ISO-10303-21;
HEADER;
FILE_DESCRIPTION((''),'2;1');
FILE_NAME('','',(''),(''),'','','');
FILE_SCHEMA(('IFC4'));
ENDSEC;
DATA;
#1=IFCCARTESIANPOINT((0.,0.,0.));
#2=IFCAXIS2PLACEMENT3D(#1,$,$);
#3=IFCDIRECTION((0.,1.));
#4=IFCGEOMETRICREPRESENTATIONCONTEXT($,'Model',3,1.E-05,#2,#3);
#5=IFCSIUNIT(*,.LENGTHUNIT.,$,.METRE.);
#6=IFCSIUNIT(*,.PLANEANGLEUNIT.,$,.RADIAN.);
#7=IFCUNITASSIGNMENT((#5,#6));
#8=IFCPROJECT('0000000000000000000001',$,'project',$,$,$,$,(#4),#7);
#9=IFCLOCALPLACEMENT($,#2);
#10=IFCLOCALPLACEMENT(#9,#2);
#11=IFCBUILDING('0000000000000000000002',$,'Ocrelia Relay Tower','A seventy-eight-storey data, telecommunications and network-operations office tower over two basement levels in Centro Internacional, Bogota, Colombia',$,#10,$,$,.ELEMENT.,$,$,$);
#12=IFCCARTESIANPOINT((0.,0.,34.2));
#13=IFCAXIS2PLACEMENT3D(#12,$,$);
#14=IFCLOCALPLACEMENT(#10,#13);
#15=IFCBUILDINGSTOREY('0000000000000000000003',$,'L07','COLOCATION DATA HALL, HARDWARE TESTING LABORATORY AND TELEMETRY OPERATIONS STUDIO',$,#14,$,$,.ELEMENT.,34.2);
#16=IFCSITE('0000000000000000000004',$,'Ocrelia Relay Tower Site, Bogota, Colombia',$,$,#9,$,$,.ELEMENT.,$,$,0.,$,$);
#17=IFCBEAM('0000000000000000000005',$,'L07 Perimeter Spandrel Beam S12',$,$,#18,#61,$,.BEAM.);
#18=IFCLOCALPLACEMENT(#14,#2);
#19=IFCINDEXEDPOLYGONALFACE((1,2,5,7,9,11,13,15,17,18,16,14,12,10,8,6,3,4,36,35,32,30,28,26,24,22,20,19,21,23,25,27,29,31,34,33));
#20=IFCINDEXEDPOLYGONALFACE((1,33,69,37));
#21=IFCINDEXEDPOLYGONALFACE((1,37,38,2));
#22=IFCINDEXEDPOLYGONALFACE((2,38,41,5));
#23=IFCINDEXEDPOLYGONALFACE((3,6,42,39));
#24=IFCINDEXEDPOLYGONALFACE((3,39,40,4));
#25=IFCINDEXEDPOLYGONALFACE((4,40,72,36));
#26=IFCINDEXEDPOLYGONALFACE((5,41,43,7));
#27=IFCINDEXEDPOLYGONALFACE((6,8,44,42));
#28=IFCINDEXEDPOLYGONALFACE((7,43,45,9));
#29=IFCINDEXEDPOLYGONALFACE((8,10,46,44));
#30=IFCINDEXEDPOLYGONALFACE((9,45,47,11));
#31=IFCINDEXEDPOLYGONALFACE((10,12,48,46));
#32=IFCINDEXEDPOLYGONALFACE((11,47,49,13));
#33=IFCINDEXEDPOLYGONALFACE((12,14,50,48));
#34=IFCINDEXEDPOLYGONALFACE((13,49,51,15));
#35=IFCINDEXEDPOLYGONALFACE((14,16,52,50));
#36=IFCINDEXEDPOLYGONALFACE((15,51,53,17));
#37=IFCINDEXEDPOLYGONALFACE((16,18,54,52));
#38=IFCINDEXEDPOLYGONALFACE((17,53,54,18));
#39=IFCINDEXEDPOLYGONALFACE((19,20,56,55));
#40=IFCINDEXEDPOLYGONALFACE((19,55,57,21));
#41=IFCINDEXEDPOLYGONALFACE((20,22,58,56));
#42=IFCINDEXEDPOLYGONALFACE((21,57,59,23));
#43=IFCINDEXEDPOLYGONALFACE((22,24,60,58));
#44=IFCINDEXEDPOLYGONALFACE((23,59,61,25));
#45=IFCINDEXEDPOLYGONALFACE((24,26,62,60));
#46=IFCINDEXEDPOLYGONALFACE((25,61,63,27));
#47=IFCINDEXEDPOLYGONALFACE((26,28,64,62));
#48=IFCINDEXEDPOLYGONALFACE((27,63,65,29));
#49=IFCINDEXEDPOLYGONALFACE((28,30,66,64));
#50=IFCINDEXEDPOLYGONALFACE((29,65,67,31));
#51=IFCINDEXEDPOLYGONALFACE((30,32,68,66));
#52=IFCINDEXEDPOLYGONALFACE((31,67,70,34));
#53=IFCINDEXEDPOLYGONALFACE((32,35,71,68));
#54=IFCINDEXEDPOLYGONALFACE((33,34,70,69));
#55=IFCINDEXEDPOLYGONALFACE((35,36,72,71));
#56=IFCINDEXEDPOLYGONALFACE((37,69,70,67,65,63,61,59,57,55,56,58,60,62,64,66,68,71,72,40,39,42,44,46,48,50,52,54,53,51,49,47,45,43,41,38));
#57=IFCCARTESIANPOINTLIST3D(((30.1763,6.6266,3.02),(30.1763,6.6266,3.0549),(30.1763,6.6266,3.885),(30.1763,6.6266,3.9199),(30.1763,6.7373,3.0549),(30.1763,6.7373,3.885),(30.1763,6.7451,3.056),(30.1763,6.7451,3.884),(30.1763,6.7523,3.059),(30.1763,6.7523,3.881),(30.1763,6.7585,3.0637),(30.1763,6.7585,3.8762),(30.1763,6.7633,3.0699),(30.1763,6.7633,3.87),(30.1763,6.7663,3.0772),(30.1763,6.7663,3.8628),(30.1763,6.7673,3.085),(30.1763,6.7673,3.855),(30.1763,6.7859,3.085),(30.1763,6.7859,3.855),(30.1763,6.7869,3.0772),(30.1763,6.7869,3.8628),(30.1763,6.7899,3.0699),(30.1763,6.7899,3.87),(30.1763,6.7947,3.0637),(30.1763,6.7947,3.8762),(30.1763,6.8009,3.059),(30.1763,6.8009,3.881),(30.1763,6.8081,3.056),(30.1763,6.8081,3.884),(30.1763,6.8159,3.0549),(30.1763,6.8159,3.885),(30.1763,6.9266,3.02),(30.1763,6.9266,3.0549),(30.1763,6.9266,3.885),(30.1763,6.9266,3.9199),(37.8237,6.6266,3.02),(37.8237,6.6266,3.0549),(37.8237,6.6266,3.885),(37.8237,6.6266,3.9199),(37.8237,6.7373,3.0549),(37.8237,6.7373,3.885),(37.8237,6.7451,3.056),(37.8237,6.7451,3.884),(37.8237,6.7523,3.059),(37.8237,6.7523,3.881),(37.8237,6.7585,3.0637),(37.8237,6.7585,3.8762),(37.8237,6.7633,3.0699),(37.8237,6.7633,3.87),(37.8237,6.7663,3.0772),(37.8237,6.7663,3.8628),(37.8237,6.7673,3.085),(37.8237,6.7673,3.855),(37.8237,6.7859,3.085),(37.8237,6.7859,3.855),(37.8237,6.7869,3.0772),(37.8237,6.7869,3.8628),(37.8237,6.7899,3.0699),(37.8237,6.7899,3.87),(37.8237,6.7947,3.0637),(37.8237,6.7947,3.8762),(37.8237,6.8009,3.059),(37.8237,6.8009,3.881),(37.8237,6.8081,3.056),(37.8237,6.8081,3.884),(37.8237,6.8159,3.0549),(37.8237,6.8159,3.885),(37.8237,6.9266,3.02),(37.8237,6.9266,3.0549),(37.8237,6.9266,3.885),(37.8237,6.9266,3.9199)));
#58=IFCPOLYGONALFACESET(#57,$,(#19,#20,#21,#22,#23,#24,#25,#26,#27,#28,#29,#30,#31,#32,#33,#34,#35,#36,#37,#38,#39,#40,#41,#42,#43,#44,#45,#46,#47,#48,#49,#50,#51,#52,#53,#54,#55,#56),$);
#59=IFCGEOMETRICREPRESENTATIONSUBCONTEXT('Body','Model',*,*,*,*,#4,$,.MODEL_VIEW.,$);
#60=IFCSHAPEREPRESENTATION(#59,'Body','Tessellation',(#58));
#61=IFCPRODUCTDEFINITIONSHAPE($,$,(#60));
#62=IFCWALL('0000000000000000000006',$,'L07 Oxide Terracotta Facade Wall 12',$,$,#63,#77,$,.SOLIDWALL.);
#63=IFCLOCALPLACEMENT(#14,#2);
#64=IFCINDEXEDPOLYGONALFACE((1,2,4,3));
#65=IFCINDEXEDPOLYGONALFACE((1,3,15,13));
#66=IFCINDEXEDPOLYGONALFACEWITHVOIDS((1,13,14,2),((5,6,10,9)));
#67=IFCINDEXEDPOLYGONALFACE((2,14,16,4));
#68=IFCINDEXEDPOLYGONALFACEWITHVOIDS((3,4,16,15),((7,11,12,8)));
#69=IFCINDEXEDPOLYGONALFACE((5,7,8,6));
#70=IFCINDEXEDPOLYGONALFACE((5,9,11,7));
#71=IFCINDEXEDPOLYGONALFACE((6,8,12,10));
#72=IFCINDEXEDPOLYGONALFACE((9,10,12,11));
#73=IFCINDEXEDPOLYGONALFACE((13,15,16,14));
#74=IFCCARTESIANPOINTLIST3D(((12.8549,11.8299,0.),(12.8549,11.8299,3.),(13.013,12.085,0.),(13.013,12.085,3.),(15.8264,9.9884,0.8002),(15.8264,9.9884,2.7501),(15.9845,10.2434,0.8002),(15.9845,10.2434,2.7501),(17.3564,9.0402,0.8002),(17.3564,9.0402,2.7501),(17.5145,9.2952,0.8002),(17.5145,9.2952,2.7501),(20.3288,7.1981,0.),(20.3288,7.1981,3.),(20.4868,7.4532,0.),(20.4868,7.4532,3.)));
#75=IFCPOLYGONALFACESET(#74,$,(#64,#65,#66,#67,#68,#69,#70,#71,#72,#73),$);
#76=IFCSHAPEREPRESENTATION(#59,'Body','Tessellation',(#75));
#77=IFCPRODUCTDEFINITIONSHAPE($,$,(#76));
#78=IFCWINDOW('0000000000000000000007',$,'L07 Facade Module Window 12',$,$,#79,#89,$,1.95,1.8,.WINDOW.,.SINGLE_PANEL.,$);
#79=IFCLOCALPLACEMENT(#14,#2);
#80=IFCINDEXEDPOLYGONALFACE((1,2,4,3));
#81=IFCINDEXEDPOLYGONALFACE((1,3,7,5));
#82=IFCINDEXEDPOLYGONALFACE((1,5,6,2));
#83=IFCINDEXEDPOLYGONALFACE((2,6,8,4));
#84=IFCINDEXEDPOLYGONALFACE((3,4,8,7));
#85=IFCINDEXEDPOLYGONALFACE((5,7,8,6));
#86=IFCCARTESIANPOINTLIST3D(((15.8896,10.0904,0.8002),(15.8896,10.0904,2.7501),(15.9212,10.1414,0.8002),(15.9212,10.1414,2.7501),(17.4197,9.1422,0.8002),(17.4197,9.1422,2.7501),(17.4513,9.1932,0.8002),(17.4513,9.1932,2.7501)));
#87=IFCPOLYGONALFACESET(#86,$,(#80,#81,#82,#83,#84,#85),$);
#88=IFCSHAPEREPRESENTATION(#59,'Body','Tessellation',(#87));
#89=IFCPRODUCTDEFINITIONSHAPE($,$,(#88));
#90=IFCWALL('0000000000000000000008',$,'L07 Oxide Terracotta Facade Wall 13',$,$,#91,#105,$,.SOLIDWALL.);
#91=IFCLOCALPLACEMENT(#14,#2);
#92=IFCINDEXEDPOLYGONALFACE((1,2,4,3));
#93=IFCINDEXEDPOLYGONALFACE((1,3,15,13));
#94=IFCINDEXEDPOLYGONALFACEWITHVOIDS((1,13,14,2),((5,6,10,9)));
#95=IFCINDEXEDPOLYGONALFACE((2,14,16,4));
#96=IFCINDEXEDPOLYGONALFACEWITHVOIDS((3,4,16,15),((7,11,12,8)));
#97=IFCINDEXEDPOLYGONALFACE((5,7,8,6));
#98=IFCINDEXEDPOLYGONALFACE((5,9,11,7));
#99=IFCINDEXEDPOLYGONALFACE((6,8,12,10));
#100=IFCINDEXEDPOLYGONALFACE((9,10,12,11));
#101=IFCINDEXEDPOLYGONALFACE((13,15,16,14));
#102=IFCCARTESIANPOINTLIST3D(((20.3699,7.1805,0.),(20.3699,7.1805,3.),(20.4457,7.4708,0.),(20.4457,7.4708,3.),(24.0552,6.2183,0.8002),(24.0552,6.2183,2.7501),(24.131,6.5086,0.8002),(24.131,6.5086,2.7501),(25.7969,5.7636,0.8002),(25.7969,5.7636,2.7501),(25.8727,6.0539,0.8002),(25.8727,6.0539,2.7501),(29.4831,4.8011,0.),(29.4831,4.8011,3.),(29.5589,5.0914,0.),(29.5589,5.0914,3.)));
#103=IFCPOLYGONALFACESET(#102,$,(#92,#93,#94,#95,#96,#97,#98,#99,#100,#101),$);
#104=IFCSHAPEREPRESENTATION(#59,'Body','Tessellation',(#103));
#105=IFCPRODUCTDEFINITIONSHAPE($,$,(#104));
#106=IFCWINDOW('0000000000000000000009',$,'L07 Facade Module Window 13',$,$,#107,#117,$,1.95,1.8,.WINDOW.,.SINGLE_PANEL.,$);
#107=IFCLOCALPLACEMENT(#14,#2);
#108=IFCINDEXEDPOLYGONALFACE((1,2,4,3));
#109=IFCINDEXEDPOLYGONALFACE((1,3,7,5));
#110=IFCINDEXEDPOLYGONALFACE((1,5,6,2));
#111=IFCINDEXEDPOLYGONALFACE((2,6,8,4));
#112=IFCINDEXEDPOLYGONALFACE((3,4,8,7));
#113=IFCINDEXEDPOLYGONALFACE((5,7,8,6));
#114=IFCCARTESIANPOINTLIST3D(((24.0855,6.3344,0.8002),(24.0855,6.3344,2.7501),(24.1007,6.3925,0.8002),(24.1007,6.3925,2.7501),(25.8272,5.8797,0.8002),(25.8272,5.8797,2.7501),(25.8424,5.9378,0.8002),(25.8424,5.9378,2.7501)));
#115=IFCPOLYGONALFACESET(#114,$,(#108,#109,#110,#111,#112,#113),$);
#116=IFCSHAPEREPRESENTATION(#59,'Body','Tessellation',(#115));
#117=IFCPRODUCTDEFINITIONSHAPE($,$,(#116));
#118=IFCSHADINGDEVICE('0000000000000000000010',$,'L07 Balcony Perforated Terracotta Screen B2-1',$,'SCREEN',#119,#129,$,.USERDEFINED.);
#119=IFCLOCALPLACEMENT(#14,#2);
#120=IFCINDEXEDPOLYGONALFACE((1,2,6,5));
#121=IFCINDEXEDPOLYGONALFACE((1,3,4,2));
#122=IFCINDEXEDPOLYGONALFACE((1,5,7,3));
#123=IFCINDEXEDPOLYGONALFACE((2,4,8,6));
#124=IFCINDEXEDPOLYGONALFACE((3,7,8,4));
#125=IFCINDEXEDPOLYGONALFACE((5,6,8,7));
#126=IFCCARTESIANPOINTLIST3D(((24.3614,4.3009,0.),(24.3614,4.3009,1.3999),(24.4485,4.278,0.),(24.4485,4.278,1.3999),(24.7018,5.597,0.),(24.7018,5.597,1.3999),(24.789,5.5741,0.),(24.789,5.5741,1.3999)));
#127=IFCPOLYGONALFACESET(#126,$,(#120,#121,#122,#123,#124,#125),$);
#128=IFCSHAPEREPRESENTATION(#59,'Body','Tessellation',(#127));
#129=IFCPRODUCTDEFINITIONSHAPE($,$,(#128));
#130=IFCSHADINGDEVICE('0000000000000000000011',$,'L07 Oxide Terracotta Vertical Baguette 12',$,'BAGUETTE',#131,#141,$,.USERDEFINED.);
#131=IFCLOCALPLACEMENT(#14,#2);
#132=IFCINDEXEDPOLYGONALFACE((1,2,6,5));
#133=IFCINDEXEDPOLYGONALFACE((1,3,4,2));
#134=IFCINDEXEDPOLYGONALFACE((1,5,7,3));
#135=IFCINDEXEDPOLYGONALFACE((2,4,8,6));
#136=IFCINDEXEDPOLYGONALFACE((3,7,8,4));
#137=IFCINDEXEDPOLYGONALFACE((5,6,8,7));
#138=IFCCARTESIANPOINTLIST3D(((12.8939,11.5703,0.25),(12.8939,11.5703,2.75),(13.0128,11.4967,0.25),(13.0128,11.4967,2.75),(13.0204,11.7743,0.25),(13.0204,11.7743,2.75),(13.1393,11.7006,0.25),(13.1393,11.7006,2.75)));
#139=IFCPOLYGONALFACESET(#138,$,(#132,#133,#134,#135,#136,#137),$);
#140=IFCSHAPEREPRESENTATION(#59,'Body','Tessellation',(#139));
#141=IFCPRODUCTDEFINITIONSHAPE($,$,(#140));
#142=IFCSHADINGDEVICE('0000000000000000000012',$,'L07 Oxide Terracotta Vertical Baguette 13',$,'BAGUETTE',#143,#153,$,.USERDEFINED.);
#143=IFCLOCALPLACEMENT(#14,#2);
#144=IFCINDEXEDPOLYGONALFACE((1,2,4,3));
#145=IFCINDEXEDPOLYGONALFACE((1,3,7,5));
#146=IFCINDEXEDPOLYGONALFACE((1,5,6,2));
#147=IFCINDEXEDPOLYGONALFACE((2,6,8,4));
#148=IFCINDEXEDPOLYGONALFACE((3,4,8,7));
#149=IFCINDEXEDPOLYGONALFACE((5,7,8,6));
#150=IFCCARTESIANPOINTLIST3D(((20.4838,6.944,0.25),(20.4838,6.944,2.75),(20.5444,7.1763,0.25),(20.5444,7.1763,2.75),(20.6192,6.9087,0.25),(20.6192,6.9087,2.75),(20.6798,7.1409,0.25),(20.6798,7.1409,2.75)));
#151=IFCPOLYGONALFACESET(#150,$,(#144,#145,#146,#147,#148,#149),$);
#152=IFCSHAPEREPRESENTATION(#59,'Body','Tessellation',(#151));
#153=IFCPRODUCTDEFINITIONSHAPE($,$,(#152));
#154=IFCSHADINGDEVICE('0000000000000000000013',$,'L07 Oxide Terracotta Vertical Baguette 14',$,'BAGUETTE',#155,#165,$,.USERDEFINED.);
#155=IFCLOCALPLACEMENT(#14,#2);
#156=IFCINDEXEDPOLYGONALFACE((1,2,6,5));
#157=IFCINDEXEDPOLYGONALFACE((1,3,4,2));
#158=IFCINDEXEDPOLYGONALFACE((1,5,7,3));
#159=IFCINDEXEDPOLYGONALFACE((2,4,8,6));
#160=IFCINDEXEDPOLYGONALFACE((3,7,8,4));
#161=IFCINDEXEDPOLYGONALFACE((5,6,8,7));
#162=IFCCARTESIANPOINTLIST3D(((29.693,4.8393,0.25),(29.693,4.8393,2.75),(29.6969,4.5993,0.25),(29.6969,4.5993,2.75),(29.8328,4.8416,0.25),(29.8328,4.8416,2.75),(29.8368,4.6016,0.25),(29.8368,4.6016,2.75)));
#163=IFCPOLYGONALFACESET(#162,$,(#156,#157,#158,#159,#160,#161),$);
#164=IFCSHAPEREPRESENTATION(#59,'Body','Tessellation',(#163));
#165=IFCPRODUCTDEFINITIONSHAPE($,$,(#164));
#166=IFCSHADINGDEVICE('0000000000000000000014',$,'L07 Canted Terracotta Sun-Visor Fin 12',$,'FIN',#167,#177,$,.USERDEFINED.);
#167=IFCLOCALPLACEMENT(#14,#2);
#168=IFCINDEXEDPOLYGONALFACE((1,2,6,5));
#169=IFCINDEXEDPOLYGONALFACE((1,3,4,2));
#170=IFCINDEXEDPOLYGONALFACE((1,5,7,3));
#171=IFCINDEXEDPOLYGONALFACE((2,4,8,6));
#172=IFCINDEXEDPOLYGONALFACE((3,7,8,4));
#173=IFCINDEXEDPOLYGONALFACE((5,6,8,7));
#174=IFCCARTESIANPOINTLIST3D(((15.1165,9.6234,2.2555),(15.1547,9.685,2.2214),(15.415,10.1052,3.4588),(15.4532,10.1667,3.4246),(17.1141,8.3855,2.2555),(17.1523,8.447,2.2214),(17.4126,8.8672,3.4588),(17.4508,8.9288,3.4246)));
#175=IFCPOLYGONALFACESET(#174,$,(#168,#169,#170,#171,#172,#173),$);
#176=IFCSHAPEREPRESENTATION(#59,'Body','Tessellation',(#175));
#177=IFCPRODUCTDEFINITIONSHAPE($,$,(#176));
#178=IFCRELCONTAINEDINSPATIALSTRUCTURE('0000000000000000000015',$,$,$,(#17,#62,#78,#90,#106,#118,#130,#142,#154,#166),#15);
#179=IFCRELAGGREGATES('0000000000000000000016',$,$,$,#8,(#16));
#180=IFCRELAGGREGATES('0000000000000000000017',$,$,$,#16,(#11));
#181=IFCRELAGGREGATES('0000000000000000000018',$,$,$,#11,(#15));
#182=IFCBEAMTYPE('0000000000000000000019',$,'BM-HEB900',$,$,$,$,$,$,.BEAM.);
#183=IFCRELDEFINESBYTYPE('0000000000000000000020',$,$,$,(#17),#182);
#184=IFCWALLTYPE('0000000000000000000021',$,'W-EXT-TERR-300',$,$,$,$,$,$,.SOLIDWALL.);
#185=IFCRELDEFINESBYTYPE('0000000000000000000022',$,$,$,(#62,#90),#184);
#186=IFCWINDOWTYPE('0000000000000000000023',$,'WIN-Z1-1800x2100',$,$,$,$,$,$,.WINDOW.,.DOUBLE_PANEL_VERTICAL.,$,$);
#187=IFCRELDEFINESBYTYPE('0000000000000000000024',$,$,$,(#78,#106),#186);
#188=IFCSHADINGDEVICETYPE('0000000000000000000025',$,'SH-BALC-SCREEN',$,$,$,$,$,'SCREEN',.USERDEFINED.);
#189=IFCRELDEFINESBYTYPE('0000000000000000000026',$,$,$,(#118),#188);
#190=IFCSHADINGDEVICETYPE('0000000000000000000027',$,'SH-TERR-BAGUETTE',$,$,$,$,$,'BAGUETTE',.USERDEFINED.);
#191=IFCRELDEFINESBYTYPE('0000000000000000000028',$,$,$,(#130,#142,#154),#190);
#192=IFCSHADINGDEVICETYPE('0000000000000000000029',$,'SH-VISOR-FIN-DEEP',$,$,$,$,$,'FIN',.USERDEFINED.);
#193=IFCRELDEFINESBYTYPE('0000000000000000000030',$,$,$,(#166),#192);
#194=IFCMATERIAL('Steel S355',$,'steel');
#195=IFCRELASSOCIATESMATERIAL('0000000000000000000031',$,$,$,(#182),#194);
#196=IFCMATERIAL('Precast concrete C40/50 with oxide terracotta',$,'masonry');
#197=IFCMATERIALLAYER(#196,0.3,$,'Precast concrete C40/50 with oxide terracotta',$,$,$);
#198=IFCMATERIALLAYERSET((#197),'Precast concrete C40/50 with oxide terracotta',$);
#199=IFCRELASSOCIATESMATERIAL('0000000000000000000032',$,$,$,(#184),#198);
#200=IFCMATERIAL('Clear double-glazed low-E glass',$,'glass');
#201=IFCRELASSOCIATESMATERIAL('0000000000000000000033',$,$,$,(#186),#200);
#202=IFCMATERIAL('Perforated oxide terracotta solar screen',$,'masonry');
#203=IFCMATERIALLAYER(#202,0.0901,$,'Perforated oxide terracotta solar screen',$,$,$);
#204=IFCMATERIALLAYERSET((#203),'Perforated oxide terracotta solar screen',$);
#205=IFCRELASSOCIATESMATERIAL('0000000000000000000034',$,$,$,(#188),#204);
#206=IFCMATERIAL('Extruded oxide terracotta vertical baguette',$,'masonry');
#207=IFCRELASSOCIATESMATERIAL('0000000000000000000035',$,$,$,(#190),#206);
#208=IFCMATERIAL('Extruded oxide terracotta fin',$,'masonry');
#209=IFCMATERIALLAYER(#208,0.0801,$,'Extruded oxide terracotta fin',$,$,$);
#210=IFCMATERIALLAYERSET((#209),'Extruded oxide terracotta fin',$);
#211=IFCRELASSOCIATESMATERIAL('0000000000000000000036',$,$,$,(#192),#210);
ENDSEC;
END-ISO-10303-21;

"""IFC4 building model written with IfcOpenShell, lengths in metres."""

from ifc_helpers import new_model, si_unit, direction, frame, frame_2d, origin, origin_2d, place, context, subcontext, project, spatial, rectangle, i_section, extrude, material, layer, layer_set, material_profile, profile_set, type_object, element, fill, save


model = new_model("IFC4")

# Units and contexts
model_context = context("Model", 3, precision=1e-05, world=origin(), true_north=direction((0.0, 1.0)))
body_context = subcontext(model_context, "Body", "Model", "MODEL_VIEW")
ifc_project = project(units=[si_unit("LENGTHUNIT", "METRE"), si_unit("PLANEANGLEUNIT", "RADIAN")], contexts=[model_context])

# Site, building, storey
site_placement = place(None, origin())
site = spatial("IfcSite", under=ifc_project, at=site_placement, Name="Ocrelia Relay Tower Site, Bogota, Colombia", CompositionType="ELEMENT", RefElevation=0.0)
building_placement = place(site_placement, origin())
building = spatial("IfcBuilding", under=site, at=building_placement, Name="Ocrelia Relay Tower", Description="A seventy-eight-storey data, telecommunications and network-operations office tower over two basement levels in Centro Internacional, Bogota, Colombia", CompositionType="ELEMENT")
storey_placement = place(building_placement, frame((0.0, 0.0, 34.2)))
storey = spatial("IfcBuildingStorey", under=building, at=storey_placement, Name="L07", Description="COLOCATION DATA HALL, HARDWARE TESTING LABORATORY AND TELEMETRY OPERATIONS STUDIO", CompositionType="ELEMENT", Elevation=34.2)

# Beam
ifc_material_1 = material(Name="Steel S355", Category="steel")
ifc_material_profile_1 = material_profile(ifc_material_1, i_section(OverallWidth=0.3, OverallDepth=0.8999, WebThickness=0.0186, FlangeThickness=0.0349, FilletRadius=0.03, at=origin_2d()), Name="HEB 900")
ifc_profile_set_1 = profile_set([ifc_material_profile_1], Name="Steel S355")
beam_type_1 = type_object("IfcBeamType", Name="BM-HEB900", PredefinedType="BEAM", material=ifc_profile_set_1)
for number, where, z_axis, x_axis, name in (
    (1, (30.1763, 6.7766, 3.47), (1.0, 0.0, 0.0), (0.0, 1.0, 0.0), "L07 Perimeter Spandrel Beam S12"),
):
    element("IfcBeam", number, at=place(storey_placement, frame(where, z_axis=z_axis, x_axis=x_axis)), inside=storey, type_object=beam_type_1, Name=name, PredefinedType="BEAM", context=body_context, shape_type="SweptSolid", body=[
        extrude(i_section(OverallWidth=0.3, OverallDepth=0.8999, WebThickness=0.0186, FlangeThickness=0.0349, FilletRadius=0.03, at=origin_2d()), origin(), (0.0, 0.0, 1.0), 7.6475),
    ])

# Walls, openings, windows
ifc_material_2 = material(Name="Precast concrete C40/50 with oxide terracotta", Category="masonry")
ifc_layer_1 = layer(ifc_material_2, 0.3, Name="Precast concrete C40/50 with oxide terracotta")
ifc_layer_set_1 = layer_set([ifc_layer_1], Name="Precast concrete C40/50 with oxide terracotta")
wall_type = type_object("IfcWallType", Name="W-EXT-TERR-300", PredefinedType="SOLIDWALL", material=ifc_layer_set_1)
wall_1_placement = place(storey_placement, frame((12.9338, 11.9575, 0.0), z_axis=(0.0, 0.0, 1.0), x_axis=(0.850003, -0.526778, 0.0)))
wall_1 = element("IfcWall", 2, at=wall_1_placement, inside=storey, type_object=wall_type, Name="L07 Oxide Terracotta Facade Wall 12", PredefinedType="SOLIDWALL", context=body_context, shape_type="SweptSolid", body=[
    extrude(rectangle(XDim=8.7927, YDim=0.3, at=frame_2d((4.3965, 0.0))), origin(), (0.0, 0.0, 1.0), 3.0),
])
opening_1_placement = place(wall_1_placement, frame((3.4961, 0.0, 0.8)))
opening_1 = element("IfcOpeningElement", 3, at=opening_1_placement, cuts=wall_1, PredefinedType="OPENING", context=body_context, shape_type="SweptSolid", body=[
    extrude(rectangle(XDim=1.8, YDim=1.95, at=frame_2d((0.8999, 0.9751))), frame((0.0, 0.1602, 0.0), z_axis=(0.0, -1.0, 0.0), x_axis=(1.0, 0.0, 0.0)), (0.0, 0.0, 1.0), 0.3201),
])
ifc_material_3 = material(Name="Clear double-glazed low-E glass", Category="glass")
window_type = type_object("IfcWindowType", Name="WIN-Z1-1800x2100", PartitioningType="DOUBLE_PANEL_VERTICAL", PredefinedType="WINDOW", material=ifc_material_3)
window_1_placement = place(opening_1_placement, origin())
window_1 = element("IfcWindow", 4, at=window_1_placement, inside=storey, type_object=window_type, Name="L07 Facade Module Window 12", OverallHeight=1.95, OverallWidth=1.8, PartitioningType="SINGLE_PANEL", PredefinedType="WINDOW", context=body_context, shape_type="SweptSolid", body=[
    extrude(rectangle(XDim=1.8, YDim=1.95, at=frame_2d((0.8999, 0.9751))), frame((0.0, 0.03, 0.0), z_axis=(0.0, -1.0, 0.0), x_axis=(1.0, 0.0, 0.0)), (0.0, 0.0, 1.0), 0.0601),
])
fill(opening_1, window_1)
wall_2_placement = place(storey_placement, frame((20.4077, 7.3257, 0.0), z_axis=(0.0, 0.0, 1.0), x_axis=(0.967565, -0.252622, 0.0)))
wall_2 = element("IfcWall", 5, at=wall_2_placement, inside=storey, type_object=wall_type, Name="L07 Oxide Terracotta Facade Wall 13", PredefinedType="SOLIDWALL", context=body_context, shape_type="SweptSolid", body=[
    extrude(rectangle(XDim=9.4187, YDim=0.3, at=frame_2d((4.7095, 0.0))), origin(), (0.0, 0.0, 1.0), 3.0),
])
opening_2_placement = place(wall_2_placement, frame((3.8091, 0.0, 0.8)))
opening_2 = element("IfcOpeningElement", 6, at=opening_2_placement, cuts=wall_2, PredefinedType="OPENING", context=body_context, shape_type="SweptSolid", body=[
    extrude(rectangle(XDim=1.8, YDim=1.95, at=frame_2d((0.8999, 0.9751))), frame((0.0, 0.1602, 0.0), z_axis=(0.0, -1.0, 0.0), x_axis=(1.0, 0.0, 0.0)), (0.0, 0.0, 1.0), 0.3201),
])
window_2_placement = place(opening_2_placement, origin())
window_2 = element("IfcWindow", 7, at=window_2_placement, inside=storey, type_object=window_type, Name="L07 Facade Module Window 13", OverallHeight=1.95, OverallWidth=1.8, PartitioningType="SINGLE_PANEL", PredefinedType="WINDOW", context=body_context, shape_type="SweptSolid", body=[
    extrude(rectangle(XDim=1.8, YDim=1.95, at=frame_2d((0.8999, 0.9751))), frame((0.0, 0.03, 0.0), z_axis=(0.0, -1.0, 0.0), x_axis=(1.0, 0.0, 0.0)), (0.0, 0.0, 1.0), 0.0601),
])
fill(opening_2, window_2)

# Shading devices
ifc_material_4 = material(Name="Perforated oxide terracotta solar screen", Category="masonry")
ifc_layer_2 = layer(ifc_material_4, 0.0901, Name="Perforated oxide terracotta solar screen")
ifc_layer_set_2 = layer_set([ifc_layer_2], Name="Perforated oxide terracotta solar screen")
shading_device_type_1 = type_object("IfcShadingDeviceType", Name="SH-BALC-SCREEN", ElementType="SCREEN", PredefinedType="USERDEFINED", material=ifc_layer_set_2)
shading_device_1_placement = place(storey_placement, frame((24.5752, 4.9375, 0.0), z_axis=(0.0, 0.0, 1.0), x_axis=(-0.254034, -0.967195, 0.0)))
element("IfcShadingDevice", 8, at=shading_device_1_placement, inside=storey, type_object=shading_device_type_1, Name="L07 Balcony Perforated Terracotta Screen B2-1", ObjectType="SCREEN", PredefinedType="USERDEFINED", context=body_context, shape_type="SweptSolid", body=[
    extrude(rectangle(XDim=1.3401, YDim=0.0901, at=origin_2d()), origin(), (0.0, 0.0, 1.0), 1.3999),
])
ifc_material_5 = material(Name="Extruded oxide terracotta vertical baguette", Category="masonry")
shading_device_type_2 = type_object("IfcShadingDeviceType", Name="SH-TERR-BAGUETTE", ElementType="BAGUETTE", PredefinedType="USERDEFINED", material=ifc_material_5)
for number, where, z_axis, x_axis, name in (
    (9, (13.0166, 11.6355, 0.25), (0.0, 0.0, 1.0), (0.850007, -0.526771, 0.0), "L07 Oxide Terracotta Vertical Baguette 12"),
    (10, (20.5818, 7.0425, 0.25), (0.0, 0.0, 1.0), (0.967568, -0.252612, 0.0), "L07 Oxide Terracotta Vertical Baguette 13"),
    (11, (29.7649, 4.7205, 0.25), (0.0, 0.0, 1.0), (0.999863, 0.016582, 0.0), "L07 Oxide Terracotta Vertical Baguette 14"),
):
    element("IfcShadingDevice", number, at=place(storey_placement, frame(where, z_axis=z_axis, x_axis=x_axis)), inside=storey, type_object=shading_device_type_2, Name=name, ObjectType="BAGUETTE", PredefinedType="USERDEFINED", context=body_context, shape_type="SweptSolid", body=[
        extrude(rectangle(XDim=0.1399, YDim=0.24, at=origin_2d()), origin(), (0.0, 0.0, 1.0), 2.5),
    ])
ifc_material_6 = material(Name="Extruded oxide terracotta fin", Category="masonry")
ifc_layer_3 = layer(ifc_material_6, 0.0801, Name="Extruded oxide terracotta fin")
ifc_layer_set_3 = layer_set([ifc_layer_3], Name="Extruded oxide terracotta fin")
shading_device_type_3 = type_object("IfcShadingDeviceType", Name="SH-VISOR-FIN-DEEP", ElementType="FIN", PredefinedType="USERDEFINED", material=ifc_layer_set_3)
shading_device_2_placement = place(storey_placement, frame((16.3027, 9.3069, 2.823), z_axis=(-0.476558, -0.768983, 0.426095), x_axis=(0.850007, -0.526771, 0.0)))
element("IfcShadingDevice", 12, at=shading_device_2_placement, inside=storey, type_object=shading_device_type_3, Name="L07 Canted Terracotta Sun-Visor Fin 12", ObjectType="FIN", PredefinedType="USERDEFINED", context=body_context, shape_type="SweptSolid", body=[
    extrude(rectangle(XDim=2.3501, YDim=1.3301, at=origin_2d()), origin(), (0.0, 0.0, 1.0), 0.0801),
])

save(model, "model.ifc")
